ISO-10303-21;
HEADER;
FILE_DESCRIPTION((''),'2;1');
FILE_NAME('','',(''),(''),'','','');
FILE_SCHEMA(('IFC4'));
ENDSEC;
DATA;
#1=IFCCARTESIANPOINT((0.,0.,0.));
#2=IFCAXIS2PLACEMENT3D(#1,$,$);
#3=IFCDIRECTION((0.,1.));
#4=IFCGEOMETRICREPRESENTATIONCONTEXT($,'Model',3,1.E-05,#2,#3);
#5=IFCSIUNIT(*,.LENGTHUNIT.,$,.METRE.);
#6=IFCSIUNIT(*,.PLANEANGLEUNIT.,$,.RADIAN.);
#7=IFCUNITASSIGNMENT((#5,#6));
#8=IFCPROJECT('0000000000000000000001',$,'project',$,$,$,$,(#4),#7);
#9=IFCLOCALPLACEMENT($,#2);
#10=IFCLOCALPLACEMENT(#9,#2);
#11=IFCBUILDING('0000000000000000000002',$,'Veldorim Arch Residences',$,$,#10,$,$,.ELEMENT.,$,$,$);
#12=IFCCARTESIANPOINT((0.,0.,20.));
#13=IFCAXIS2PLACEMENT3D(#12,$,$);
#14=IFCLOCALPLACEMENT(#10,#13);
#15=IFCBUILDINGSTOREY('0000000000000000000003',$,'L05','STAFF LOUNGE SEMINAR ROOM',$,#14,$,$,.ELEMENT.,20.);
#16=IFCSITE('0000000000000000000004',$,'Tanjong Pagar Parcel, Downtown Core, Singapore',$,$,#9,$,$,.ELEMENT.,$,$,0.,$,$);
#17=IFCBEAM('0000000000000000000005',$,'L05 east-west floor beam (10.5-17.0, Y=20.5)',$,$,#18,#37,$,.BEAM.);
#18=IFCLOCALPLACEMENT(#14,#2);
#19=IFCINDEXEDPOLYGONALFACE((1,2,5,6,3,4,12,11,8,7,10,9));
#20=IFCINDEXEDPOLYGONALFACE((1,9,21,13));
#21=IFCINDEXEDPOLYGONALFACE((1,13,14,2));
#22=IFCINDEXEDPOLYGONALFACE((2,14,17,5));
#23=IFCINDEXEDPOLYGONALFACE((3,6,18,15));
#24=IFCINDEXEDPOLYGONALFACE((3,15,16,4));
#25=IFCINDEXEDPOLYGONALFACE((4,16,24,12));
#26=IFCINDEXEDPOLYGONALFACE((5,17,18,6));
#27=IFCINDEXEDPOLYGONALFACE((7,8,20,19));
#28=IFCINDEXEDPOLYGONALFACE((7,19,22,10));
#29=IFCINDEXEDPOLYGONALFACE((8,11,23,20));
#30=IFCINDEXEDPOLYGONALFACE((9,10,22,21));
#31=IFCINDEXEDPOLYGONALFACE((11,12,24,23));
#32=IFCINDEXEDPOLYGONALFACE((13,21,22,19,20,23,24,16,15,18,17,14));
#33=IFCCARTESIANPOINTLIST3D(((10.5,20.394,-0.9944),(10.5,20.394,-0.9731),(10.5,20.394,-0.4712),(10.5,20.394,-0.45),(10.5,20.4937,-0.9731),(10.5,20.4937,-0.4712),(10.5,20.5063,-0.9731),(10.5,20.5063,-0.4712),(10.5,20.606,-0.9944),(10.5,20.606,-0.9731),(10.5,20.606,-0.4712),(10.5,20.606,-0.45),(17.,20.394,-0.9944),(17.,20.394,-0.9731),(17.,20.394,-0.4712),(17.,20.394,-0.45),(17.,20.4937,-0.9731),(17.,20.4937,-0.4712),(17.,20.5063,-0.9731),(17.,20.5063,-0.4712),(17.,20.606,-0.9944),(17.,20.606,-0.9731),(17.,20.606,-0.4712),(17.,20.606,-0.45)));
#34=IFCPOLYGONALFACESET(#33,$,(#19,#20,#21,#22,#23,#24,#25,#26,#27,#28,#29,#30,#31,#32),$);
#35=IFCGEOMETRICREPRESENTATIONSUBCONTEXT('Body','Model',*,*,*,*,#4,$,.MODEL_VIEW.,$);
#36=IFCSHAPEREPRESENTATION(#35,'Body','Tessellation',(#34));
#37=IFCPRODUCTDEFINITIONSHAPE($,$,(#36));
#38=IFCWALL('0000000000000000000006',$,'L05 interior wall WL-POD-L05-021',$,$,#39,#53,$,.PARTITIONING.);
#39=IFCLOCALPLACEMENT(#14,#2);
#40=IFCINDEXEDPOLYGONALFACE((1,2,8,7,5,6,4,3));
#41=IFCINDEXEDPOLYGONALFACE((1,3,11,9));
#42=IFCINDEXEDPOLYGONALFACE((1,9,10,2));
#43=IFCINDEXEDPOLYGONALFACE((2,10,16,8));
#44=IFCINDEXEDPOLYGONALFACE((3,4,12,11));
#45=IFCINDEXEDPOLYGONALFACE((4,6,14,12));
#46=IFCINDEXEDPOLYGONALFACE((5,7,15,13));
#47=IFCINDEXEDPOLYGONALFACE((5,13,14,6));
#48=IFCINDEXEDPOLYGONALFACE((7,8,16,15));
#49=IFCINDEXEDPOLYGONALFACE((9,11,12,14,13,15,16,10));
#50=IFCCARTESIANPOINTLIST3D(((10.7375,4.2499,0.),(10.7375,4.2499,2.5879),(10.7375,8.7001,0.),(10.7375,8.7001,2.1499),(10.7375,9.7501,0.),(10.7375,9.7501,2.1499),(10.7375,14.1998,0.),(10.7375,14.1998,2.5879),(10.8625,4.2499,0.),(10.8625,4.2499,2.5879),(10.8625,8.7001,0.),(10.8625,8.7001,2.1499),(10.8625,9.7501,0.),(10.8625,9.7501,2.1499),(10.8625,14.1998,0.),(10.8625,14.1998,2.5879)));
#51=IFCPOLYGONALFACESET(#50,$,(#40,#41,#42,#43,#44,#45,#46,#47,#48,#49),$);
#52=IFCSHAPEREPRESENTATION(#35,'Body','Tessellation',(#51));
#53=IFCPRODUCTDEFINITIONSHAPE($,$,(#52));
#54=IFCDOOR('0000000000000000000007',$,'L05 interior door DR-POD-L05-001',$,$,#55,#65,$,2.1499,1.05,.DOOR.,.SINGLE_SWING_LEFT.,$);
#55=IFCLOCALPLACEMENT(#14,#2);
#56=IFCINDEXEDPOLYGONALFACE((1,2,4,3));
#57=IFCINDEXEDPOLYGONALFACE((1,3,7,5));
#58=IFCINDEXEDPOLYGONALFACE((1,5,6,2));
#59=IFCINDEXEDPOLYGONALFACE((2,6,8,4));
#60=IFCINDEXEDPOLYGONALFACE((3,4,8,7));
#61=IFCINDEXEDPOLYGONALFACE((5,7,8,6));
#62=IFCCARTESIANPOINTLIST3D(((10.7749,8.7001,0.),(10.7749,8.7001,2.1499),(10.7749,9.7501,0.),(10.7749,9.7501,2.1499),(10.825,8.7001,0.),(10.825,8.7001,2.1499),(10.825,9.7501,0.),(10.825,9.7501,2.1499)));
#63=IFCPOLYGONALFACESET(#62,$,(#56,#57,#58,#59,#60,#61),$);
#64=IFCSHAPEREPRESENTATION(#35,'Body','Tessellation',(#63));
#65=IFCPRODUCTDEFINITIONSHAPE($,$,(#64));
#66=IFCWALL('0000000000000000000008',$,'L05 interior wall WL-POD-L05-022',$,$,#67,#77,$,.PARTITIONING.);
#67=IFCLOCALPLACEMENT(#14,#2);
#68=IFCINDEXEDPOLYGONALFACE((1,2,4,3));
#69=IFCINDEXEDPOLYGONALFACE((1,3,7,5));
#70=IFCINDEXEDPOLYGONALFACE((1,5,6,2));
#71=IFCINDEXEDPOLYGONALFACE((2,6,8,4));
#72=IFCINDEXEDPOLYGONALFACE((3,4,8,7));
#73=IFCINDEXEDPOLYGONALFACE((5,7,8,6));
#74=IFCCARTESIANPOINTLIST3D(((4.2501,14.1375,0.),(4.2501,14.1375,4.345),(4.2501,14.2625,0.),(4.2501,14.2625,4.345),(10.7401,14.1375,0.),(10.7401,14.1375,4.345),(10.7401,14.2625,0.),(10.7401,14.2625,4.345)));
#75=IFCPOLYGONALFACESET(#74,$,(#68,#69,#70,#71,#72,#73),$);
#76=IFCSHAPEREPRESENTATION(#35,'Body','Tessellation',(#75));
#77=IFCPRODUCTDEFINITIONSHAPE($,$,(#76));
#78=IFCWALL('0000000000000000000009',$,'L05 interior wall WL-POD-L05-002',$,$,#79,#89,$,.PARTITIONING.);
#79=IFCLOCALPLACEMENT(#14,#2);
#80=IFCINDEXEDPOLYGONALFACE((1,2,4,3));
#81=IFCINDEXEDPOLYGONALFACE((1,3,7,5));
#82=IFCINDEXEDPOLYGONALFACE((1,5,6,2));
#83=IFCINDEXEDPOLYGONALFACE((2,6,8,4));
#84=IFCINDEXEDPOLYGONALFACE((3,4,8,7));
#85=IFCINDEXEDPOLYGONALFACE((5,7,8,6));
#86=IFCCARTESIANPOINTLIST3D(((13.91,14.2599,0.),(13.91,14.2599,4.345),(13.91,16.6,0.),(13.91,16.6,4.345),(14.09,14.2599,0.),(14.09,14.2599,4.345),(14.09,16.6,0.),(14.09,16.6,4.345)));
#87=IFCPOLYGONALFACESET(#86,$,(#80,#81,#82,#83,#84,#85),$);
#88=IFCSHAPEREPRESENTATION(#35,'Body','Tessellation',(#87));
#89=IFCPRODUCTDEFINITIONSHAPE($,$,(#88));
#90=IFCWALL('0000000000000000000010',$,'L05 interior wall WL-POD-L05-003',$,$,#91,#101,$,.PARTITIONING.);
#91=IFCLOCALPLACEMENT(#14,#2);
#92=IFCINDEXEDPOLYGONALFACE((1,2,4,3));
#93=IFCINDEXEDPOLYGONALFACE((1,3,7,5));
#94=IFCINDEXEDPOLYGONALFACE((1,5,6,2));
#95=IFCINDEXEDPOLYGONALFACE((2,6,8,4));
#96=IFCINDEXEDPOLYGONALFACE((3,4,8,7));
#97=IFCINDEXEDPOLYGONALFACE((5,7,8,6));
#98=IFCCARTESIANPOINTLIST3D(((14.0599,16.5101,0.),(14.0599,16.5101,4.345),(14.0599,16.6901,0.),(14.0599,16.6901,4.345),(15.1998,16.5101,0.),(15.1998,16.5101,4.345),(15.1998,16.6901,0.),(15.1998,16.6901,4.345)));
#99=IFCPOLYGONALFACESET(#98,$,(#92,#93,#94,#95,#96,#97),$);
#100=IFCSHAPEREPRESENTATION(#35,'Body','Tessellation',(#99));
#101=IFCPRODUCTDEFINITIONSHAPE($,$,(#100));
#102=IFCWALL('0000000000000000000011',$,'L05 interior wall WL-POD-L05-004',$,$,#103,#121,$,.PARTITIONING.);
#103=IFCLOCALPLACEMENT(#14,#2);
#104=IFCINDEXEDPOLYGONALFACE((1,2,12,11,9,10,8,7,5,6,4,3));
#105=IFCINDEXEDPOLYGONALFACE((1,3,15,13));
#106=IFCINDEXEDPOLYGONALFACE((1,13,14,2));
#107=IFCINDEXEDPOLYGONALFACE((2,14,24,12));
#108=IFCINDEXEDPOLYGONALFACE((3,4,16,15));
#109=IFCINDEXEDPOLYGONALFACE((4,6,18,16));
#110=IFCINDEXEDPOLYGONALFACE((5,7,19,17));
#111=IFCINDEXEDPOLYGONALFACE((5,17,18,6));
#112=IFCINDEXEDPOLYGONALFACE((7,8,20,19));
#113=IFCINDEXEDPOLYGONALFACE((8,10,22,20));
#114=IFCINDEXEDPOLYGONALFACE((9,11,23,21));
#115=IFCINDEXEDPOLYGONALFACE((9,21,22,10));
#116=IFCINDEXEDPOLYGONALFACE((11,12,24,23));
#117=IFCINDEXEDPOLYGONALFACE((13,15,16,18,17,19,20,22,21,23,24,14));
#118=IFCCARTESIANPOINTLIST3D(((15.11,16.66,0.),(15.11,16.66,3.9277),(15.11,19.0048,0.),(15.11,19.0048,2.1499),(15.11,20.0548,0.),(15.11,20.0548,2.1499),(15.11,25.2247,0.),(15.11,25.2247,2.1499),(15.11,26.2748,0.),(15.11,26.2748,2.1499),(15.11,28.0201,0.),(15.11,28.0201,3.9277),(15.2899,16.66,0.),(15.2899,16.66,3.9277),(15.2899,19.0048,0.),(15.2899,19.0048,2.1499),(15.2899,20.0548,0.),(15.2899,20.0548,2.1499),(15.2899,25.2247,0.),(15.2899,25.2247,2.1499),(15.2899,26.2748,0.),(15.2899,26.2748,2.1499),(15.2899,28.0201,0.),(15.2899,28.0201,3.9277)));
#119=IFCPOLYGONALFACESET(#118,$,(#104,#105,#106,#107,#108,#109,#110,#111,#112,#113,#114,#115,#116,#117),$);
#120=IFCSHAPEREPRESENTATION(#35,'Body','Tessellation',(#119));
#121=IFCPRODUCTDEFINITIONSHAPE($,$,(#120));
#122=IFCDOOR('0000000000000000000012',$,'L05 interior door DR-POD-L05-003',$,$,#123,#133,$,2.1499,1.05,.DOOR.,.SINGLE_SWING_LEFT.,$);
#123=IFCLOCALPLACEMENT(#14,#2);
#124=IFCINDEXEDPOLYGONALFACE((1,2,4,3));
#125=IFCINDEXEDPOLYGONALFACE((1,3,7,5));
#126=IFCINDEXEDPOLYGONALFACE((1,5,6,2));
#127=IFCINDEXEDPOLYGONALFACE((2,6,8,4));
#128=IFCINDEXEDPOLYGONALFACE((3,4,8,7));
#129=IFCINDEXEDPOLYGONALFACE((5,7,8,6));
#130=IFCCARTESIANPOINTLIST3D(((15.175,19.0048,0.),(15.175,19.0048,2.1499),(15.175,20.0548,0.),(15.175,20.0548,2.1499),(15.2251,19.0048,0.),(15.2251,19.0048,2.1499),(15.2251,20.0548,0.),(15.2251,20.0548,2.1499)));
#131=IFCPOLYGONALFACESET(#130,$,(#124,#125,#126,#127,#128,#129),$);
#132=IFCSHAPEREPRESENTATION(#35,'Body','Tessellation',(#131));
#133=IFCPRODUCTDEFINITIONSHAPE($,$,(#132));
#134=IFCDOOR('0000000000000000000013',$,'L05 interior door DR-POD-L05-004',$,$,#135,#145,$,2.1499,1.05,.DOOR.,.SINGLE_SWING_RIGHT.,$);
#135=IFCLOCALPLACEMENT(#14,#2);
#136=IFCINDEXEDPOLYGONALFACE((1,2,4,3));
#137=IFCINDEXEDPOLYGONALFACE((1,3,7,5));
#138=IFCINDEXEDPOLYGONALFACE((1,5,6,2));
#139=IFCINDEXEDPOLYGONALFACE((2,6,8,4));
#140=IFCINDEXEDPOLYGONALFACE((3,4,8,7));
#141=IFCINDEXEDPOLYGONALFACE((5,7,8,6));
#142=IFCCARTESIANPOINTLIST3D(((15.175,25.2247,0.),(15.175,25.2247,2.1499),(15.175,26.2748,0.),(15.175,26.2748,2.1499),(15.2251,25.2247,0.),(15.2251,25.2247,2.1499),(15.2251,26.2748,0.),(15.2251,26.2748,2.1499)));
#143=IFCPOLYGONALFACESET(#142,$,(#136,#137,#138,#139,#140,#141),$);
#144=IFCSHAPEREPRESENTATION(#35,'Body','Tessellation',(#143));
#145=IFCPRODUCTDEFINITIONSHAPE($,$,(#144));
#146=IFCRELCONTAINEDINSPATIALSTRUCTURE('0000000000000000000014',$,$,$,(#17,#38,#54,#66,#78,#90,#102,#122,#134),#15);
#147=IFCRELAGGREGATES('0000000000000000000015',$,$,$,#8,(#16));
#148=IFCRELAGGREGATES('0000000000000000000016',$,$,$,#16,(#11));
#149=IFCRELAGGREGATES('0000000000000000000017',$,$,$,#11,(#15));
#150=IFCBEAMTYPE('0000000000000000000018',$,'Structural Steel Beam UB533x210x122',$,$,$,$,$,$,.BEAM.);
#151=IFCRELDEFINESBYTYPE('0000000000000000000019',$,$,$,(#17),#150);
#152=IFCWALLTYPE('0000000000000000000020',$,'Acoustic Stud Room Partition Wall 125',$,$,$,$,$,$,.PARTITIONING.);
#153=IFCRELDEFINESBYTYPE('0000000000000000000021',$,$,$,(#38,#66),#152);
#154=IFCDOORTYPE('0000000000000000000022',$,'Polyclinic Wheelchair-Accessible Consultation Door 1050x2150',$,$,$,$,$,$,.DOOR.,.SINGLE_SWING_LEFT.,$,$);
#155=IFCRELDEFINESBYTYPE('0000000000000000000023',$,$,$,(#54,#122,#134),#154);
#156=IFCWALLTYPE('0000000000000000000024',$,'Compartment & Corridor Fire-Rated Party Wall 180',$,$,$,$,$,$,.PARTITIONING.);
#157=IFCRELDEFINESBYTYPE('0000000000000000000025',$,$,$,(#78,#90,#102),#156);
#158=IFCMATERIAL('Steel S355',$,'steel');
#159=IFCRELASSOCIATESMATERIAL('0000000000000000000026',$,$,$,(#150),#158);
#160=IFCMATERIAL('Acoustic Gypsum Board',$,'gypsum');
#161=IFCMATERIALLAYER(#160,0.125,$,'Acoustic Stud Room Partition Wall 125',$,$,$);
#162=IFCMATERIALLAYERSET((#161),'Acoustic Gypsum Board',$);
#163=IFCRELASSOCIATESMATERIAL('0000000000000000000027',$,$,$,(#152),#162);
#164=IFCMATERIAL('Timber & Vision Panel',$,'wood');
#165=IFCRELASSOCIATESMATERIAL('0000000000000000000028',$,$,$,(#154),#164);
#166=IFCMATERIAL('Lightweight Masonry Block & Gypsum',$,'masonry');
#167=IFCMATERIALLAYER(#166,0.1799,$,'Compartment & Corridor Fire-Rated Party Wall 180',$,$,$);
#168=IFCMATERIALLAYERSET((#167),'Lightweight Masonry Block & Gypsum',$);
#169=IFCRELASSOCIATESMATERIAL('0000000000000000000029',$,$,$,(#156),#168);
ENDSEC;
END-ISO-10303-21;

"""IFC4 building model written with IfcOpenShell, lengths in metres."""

from ifc_helpers import new_model, si_unit, direction, frame, frame_2d, origin, origin_2d, place, context, subcontext, project, spatial, rectangle, i_section, extrude, material, layer, layer_set, material_profile, profile_set, type_object, element, fill, save


model = new_model("IFC4")

# Units and contexts
model_context = context("Model", 3, precision=1e-05, world=origin(), true_north=direction((0.0, 1.0)))
body_context = subcontext(model_context, "Body", "Model", "MODEL_VIEW")
ifc_project = project(units=[si_unit("LENGTHUNIT", "METRE"), si_unit("PLANEANGLEUNIT", "RADIAN")], contexts=[model_context])

# Site, building, storey
site_placement = place(None, origin())
site = spatial("IfcSite", under=ifc_project, at=site_placement, Name="Tanjong Pagar Parcel, Downtown Core, Singapore", CompositionType="ELEMENT", RefElevation=0.0)
building_placement = place(site_placement, origin())
building = spatial("IfcBuilding", under=site, at=building_placement, Name="Veldorim Arch Residences", CompositionType="ELEMENT")
storey_placement = place(building_placement, frame((0.0, 0.0, 20.0)))
storey = spatial("IfcBuildingStorey", under=building, at=storey_placement, Name="L05", Description="STAFF LOUNGE SEMINAR ROOM", CompositionType="ELEMENT", Elevation=20.0)

# Beam
ifc_material_1 = material(Name="Steel S355", Category="steel")
ifc_material_profile_1 = material_profile(ifc_material_1, i_section(OverallWidth=0.2119, OverallDepth=0.5444, WebThickness=0.0127, FlangeThickness=0.0212, at=origin_2d()), Name="UB533x210x122")
ifc_profile_set_1 = profile_set([ifc_material_profile_1], Name="Steel S355")
beam_type_1 = type_object("IfcBeamType", Name="Structural Steel Beam UB533x210x122", PredefinedType="BEAM", material=ifc_profile_set_1)
beam_1_placement = place(storey_placement, frame((10.5, 20.5, -0.7222), z_axis=(1.0, 0.0, 0.0), x_axis=(0.0, 1.0, 0.0)))
element("IfcBeam", 1, at=beam_1_placement, inside=storey, type_object=beam_type_1, Name="L05 east-west floor beam (10.5-17.0, Y=20.5)", PredefinedType="BEAM", context=body_context, shape_type="SweptSolid", body=[
    extrude(i_section(OverallWidth=0.2119, OverallDepth=0.5444, WebThickness=0.0127, FlangeThickness=0.0212, at=origin_2d()), origin(), (0.0, 0.0, 1.0), 6.5),
])

# Wall, opening, door
ifc_material_2 = material(Name="Acoustic Gypsum Board", Category="gypsum")
ifc_layer_1 = layer(ifc_material_2, 0.125, Name="Acoustic Stud Room Partition Wall 125")
ifc_layer_set_1 = layer_set([ifc_layer_1], Name="Acoustic Gypsum Board")
wall_type_1 = type_object("IfcWallType", Name="Acoustic Stud Room Partition Wall 125", PredefinedType="PARTITIONING", material=ifc_layer_set_1)
wall_1_placement = place(storey_placement, frame((10.8, 14.2, 0.0), z_axis=(0.0, 0.0, 1.0), x_axis=(0.0, -1.0, 0.0)))
wall_1 = element("IfcWall", 2, at=wall_1_placement, inside=storey, type_object=wall_type_1, Name="L05 interior wall WL-POD-L05-021", PredefinedType="PARTITIONING", context=body_context, shape_type="SweptSolid", body=[
    extrude(rectangle(XDim=9.95, YDim=0.125, at=frame_2d((4.9751, 0.0))), origin(), (0.0, 0.0, 1.0), 2.5879),
])
opening_1_placement = place(wall_1_placement, frame((4.45, 0.0, 0.0)))
opening_1 = element("IfcOpeningElement", 3, at=opening_1_placement, cuts=wall_1, PredefinedType="OPENING", context=body_context, shape_type="SweptSolid", body=[
    extrude(rectangle(XDim=1.05, YDim=2.1499, at=frame_2d((0.5249, 1.075))), frame((0.0, 0.0725, 0.0), z_axis=(0.0, -1.0, 0.0), x_axis=(1.0, 0.0, 0.0)), (0.0, 0.0, 1.0), 0.145),
])
ifc_material_3 = material(Name="Timber & Vision Panel", Category="wood")
door_type = type_object("IfcDoorType", Name="Polyclinic Wheelchair-Accessible Consultation Door 1050x2150", OperationType="SINGLE_SWING_LEFT", PredefinedType="DOOR", material=ifc_material_3)
door_1_placement = place(opening_1_placement, origin())
door_1 = element("IfcDoor", 4, at=door_1_placement, inside=storey, type_object=door_type, Name="L05 interior door DR-POD-L05-001", OperationType="SINGLE_SWING_LEFT", OverallHeight=2.1499, OverallWidth=1.05, PredefinedType="DOOR", context=body_context, shape_type="SweptSolid", body=[
    extrude(rectangle(XDim=1.05, YDim=2.1499, at=frame_2d((0.5249, 1.075))), frame((0.0, 0.0249, 0.0), z_axis=(0.0, -1.0, 0.0), x_axis=(1.0, 0.0, 0.0)), (0.0, 0.0, 1.0), 0.05),
])
fill(opening_1, door_1)

# Walls
wall_2_placement = place(storey_placement, frame((4.25, 14.2, 0.0), z_axis=(0.0, 0.0, 1.0), x_axis=(1.0, 0.0, 0.0)))
element("IfcWall", 5, at=wall_2_placement, inside=storey, type_object=wall_type_1, Name="L05 interior wall WL-POD-L05-022", PredefinedType="PARTITIONING", context=body_context, shape_type="SweptSolid", body=[
    extrude(rectangle(XDim=6.49, YDim=0.125, at=frame_2d((3.2451, 0.0))), origin(), (0.0, 0.0, 1.0), 4.345),
])
ifc_material_4 = material(Name="Lightweight Masonry Block & Gypsum", Category="masonry")
ifc_layer_2 = layer(ifc_material_4, 0.1799, Name="Compartment & Corridor Fire-Rated Party Wall 180")
ifc_layer_set_2 = layer_set([ifc_layer_2], Name="Lightweight Masonry Block & Gypsum")
wall_type_2 = type_object("IfcWallType", Name="Compartment & Corridor Fire-Rated Party Wall 180", PredefinedType="PARTITIONING", material=ifc_layer_set_2)
wall_3_placement = place(storey_placement, frame((14.0, 14.26, 0.0), z_axis=(0.0, 0.0, 1.0), x_axis=(0.0, 1.0, 0.0)))
element("IfcWall", 6, at=wall_3_placement, inside=storey, type_object=wall_type_2, Name="L05 interior wall WL-POD-L05-002", PredefinedType="PARTITIONING", context=body_context, shape_type="SweptSolid", body=[
    extrude(rectangle(XDim=2.3401, YDim=0.1799, at=frame_2d((1.1699, 0.0))), origin(), (0.0, 0.0, 1.0), 4.345),
])
wall_4_placement = place(storey_placement, frame((14.0601, 16.6001, 0.0), z_axis=(0.0, 0.0, 1.0), x_axis=(1.0, 0.0, 0.0)))
element("IfcWall", 7, at=wall_4_placement, inside=storey, type_object=wall_type_2, Name="L05 interior wall WL-POD-L05-003", PredefinedType="PARTITIONING", context=body_context, shape_type="SweptSolid", body=[
    extrude(rectangle(XDim=1.1399, YDim=0.1799, at=frame_2d((0.5698, 0.0))), origin(), (0.0, 0.0, 1.0), 4.345),
])

# Wall, openings, doors
wall_5_placement = place(storey_placement, frame((15.2, 16.6599, 0.0), z_axis=(0.0, 0.0, 1.0), x_axis=(0.0, 1.0, 0.0)))
wall_5 = element("IfcWall", 8, at=wall_5_placement, inside=storey, type_object=wall_type_2, Name="L05 interior wall WL-POD-L05-004", PredefinedType="PARTITIONING", context=body_context, shape_type="SweptSolid", body=[
    extrude(rectangle(XDim=11.3601, YDim=0.1799, at=frame_2d((5.6802, 0.0))), origin(), (0.0, 0.0, 1.0), 3.9277),
])
opening_2_placement = place(wall_5_placement, frame((2.345, 0.0, 0.0)))
opening_2 = element("IfcOpeningElement", 9, at=opening_2_placement, cuts=wall_5, PredefinedType="OPENING", context=body_context, shape_type="SweptSolid", body=[
    extrude(rectangle(XDim=1.05, YDim=2.1499, at=frame_2d((0.5249, 1.075))), frame((0.0, 0.0999, 0.0), z_axis=(0.0, -1.0, 0.0), x_axis=(1.0, 0.0, 0.0)), (0.0, 0.0, 1.0), 0.2),
])
opening_3_placement = place(wall_5_placement, frame((8.5649, 0.0, 0.0)))
opening_3 = element("IfcOpeningElement", 10, at=opening_3_placement, cuts=wall_5, PredefinedType="OPENING", context=body_context, shape_type="SweptSolid", body=[
    extrude(rectangle(XDim=1.05, YDim=2.1499, at=frame_2d((0.5249, 1.075))), frame((0.0, 0.0999, 0.0), z_axis=(0.0, -1.0, 0.0), x_axis=(1.0, 0.0, 0.0)), (0.0, 0.0, 1.0), 0.2),
])
door_2_placement = place(opening_2_placement, origin())
door_2 = element("IfcDoor", 11, at=door_2_placement, inside=storey, type_object=door_type, Name="L05 interior door DR-POD-L05-003", OperationType="SINGLE_SWING_LEFT", OverallHeight=2.1499, OverallWidth=1.05, PredefinedType="DOOR", context=body_context, shape_type="SweptSolid", body=[
    extrude(rectangle(XDim=1.05, YDim=2.1499, at=frame_2d((0.5249, 1.075))), frame((0.0, 0.0249, 0.0), z_axis=(0.0, -1.0, 0.0), x_axis=(1.0, 0.0, 0.0)), (0.0, 0.0, 1.0), 0.05),
])
fill(opening_2, door_2)
door_3_placement = place(opening_3_placement, origin())
door_3 = element("IfcDoor", 12, at=door_3_placement, inside=storey, type_object=door_type, Name="L05 interior door DR-POD-L05-004", OperationType="SINGLE_SWING_RIGHT", OverallHeight=2.1499, OverallWidth=1.05, PredefinedType="DOOR", context=body_context, shape_type="SweptSolid", body=[
    extrude(rectangle(XDim=1.05, YDim=2.1499, at=frame_2d((0.5249, 1.075))), frame((0.0, 0.0249, 0.0), z_axis=(0.0, -1.0, 0.0), x_axis=(1.0, 0.0, 0.0)), (0.0, 0.0, 1.0), 0.05),
])
fill(opening_3, door_3)

save(model, "model.ifc")
